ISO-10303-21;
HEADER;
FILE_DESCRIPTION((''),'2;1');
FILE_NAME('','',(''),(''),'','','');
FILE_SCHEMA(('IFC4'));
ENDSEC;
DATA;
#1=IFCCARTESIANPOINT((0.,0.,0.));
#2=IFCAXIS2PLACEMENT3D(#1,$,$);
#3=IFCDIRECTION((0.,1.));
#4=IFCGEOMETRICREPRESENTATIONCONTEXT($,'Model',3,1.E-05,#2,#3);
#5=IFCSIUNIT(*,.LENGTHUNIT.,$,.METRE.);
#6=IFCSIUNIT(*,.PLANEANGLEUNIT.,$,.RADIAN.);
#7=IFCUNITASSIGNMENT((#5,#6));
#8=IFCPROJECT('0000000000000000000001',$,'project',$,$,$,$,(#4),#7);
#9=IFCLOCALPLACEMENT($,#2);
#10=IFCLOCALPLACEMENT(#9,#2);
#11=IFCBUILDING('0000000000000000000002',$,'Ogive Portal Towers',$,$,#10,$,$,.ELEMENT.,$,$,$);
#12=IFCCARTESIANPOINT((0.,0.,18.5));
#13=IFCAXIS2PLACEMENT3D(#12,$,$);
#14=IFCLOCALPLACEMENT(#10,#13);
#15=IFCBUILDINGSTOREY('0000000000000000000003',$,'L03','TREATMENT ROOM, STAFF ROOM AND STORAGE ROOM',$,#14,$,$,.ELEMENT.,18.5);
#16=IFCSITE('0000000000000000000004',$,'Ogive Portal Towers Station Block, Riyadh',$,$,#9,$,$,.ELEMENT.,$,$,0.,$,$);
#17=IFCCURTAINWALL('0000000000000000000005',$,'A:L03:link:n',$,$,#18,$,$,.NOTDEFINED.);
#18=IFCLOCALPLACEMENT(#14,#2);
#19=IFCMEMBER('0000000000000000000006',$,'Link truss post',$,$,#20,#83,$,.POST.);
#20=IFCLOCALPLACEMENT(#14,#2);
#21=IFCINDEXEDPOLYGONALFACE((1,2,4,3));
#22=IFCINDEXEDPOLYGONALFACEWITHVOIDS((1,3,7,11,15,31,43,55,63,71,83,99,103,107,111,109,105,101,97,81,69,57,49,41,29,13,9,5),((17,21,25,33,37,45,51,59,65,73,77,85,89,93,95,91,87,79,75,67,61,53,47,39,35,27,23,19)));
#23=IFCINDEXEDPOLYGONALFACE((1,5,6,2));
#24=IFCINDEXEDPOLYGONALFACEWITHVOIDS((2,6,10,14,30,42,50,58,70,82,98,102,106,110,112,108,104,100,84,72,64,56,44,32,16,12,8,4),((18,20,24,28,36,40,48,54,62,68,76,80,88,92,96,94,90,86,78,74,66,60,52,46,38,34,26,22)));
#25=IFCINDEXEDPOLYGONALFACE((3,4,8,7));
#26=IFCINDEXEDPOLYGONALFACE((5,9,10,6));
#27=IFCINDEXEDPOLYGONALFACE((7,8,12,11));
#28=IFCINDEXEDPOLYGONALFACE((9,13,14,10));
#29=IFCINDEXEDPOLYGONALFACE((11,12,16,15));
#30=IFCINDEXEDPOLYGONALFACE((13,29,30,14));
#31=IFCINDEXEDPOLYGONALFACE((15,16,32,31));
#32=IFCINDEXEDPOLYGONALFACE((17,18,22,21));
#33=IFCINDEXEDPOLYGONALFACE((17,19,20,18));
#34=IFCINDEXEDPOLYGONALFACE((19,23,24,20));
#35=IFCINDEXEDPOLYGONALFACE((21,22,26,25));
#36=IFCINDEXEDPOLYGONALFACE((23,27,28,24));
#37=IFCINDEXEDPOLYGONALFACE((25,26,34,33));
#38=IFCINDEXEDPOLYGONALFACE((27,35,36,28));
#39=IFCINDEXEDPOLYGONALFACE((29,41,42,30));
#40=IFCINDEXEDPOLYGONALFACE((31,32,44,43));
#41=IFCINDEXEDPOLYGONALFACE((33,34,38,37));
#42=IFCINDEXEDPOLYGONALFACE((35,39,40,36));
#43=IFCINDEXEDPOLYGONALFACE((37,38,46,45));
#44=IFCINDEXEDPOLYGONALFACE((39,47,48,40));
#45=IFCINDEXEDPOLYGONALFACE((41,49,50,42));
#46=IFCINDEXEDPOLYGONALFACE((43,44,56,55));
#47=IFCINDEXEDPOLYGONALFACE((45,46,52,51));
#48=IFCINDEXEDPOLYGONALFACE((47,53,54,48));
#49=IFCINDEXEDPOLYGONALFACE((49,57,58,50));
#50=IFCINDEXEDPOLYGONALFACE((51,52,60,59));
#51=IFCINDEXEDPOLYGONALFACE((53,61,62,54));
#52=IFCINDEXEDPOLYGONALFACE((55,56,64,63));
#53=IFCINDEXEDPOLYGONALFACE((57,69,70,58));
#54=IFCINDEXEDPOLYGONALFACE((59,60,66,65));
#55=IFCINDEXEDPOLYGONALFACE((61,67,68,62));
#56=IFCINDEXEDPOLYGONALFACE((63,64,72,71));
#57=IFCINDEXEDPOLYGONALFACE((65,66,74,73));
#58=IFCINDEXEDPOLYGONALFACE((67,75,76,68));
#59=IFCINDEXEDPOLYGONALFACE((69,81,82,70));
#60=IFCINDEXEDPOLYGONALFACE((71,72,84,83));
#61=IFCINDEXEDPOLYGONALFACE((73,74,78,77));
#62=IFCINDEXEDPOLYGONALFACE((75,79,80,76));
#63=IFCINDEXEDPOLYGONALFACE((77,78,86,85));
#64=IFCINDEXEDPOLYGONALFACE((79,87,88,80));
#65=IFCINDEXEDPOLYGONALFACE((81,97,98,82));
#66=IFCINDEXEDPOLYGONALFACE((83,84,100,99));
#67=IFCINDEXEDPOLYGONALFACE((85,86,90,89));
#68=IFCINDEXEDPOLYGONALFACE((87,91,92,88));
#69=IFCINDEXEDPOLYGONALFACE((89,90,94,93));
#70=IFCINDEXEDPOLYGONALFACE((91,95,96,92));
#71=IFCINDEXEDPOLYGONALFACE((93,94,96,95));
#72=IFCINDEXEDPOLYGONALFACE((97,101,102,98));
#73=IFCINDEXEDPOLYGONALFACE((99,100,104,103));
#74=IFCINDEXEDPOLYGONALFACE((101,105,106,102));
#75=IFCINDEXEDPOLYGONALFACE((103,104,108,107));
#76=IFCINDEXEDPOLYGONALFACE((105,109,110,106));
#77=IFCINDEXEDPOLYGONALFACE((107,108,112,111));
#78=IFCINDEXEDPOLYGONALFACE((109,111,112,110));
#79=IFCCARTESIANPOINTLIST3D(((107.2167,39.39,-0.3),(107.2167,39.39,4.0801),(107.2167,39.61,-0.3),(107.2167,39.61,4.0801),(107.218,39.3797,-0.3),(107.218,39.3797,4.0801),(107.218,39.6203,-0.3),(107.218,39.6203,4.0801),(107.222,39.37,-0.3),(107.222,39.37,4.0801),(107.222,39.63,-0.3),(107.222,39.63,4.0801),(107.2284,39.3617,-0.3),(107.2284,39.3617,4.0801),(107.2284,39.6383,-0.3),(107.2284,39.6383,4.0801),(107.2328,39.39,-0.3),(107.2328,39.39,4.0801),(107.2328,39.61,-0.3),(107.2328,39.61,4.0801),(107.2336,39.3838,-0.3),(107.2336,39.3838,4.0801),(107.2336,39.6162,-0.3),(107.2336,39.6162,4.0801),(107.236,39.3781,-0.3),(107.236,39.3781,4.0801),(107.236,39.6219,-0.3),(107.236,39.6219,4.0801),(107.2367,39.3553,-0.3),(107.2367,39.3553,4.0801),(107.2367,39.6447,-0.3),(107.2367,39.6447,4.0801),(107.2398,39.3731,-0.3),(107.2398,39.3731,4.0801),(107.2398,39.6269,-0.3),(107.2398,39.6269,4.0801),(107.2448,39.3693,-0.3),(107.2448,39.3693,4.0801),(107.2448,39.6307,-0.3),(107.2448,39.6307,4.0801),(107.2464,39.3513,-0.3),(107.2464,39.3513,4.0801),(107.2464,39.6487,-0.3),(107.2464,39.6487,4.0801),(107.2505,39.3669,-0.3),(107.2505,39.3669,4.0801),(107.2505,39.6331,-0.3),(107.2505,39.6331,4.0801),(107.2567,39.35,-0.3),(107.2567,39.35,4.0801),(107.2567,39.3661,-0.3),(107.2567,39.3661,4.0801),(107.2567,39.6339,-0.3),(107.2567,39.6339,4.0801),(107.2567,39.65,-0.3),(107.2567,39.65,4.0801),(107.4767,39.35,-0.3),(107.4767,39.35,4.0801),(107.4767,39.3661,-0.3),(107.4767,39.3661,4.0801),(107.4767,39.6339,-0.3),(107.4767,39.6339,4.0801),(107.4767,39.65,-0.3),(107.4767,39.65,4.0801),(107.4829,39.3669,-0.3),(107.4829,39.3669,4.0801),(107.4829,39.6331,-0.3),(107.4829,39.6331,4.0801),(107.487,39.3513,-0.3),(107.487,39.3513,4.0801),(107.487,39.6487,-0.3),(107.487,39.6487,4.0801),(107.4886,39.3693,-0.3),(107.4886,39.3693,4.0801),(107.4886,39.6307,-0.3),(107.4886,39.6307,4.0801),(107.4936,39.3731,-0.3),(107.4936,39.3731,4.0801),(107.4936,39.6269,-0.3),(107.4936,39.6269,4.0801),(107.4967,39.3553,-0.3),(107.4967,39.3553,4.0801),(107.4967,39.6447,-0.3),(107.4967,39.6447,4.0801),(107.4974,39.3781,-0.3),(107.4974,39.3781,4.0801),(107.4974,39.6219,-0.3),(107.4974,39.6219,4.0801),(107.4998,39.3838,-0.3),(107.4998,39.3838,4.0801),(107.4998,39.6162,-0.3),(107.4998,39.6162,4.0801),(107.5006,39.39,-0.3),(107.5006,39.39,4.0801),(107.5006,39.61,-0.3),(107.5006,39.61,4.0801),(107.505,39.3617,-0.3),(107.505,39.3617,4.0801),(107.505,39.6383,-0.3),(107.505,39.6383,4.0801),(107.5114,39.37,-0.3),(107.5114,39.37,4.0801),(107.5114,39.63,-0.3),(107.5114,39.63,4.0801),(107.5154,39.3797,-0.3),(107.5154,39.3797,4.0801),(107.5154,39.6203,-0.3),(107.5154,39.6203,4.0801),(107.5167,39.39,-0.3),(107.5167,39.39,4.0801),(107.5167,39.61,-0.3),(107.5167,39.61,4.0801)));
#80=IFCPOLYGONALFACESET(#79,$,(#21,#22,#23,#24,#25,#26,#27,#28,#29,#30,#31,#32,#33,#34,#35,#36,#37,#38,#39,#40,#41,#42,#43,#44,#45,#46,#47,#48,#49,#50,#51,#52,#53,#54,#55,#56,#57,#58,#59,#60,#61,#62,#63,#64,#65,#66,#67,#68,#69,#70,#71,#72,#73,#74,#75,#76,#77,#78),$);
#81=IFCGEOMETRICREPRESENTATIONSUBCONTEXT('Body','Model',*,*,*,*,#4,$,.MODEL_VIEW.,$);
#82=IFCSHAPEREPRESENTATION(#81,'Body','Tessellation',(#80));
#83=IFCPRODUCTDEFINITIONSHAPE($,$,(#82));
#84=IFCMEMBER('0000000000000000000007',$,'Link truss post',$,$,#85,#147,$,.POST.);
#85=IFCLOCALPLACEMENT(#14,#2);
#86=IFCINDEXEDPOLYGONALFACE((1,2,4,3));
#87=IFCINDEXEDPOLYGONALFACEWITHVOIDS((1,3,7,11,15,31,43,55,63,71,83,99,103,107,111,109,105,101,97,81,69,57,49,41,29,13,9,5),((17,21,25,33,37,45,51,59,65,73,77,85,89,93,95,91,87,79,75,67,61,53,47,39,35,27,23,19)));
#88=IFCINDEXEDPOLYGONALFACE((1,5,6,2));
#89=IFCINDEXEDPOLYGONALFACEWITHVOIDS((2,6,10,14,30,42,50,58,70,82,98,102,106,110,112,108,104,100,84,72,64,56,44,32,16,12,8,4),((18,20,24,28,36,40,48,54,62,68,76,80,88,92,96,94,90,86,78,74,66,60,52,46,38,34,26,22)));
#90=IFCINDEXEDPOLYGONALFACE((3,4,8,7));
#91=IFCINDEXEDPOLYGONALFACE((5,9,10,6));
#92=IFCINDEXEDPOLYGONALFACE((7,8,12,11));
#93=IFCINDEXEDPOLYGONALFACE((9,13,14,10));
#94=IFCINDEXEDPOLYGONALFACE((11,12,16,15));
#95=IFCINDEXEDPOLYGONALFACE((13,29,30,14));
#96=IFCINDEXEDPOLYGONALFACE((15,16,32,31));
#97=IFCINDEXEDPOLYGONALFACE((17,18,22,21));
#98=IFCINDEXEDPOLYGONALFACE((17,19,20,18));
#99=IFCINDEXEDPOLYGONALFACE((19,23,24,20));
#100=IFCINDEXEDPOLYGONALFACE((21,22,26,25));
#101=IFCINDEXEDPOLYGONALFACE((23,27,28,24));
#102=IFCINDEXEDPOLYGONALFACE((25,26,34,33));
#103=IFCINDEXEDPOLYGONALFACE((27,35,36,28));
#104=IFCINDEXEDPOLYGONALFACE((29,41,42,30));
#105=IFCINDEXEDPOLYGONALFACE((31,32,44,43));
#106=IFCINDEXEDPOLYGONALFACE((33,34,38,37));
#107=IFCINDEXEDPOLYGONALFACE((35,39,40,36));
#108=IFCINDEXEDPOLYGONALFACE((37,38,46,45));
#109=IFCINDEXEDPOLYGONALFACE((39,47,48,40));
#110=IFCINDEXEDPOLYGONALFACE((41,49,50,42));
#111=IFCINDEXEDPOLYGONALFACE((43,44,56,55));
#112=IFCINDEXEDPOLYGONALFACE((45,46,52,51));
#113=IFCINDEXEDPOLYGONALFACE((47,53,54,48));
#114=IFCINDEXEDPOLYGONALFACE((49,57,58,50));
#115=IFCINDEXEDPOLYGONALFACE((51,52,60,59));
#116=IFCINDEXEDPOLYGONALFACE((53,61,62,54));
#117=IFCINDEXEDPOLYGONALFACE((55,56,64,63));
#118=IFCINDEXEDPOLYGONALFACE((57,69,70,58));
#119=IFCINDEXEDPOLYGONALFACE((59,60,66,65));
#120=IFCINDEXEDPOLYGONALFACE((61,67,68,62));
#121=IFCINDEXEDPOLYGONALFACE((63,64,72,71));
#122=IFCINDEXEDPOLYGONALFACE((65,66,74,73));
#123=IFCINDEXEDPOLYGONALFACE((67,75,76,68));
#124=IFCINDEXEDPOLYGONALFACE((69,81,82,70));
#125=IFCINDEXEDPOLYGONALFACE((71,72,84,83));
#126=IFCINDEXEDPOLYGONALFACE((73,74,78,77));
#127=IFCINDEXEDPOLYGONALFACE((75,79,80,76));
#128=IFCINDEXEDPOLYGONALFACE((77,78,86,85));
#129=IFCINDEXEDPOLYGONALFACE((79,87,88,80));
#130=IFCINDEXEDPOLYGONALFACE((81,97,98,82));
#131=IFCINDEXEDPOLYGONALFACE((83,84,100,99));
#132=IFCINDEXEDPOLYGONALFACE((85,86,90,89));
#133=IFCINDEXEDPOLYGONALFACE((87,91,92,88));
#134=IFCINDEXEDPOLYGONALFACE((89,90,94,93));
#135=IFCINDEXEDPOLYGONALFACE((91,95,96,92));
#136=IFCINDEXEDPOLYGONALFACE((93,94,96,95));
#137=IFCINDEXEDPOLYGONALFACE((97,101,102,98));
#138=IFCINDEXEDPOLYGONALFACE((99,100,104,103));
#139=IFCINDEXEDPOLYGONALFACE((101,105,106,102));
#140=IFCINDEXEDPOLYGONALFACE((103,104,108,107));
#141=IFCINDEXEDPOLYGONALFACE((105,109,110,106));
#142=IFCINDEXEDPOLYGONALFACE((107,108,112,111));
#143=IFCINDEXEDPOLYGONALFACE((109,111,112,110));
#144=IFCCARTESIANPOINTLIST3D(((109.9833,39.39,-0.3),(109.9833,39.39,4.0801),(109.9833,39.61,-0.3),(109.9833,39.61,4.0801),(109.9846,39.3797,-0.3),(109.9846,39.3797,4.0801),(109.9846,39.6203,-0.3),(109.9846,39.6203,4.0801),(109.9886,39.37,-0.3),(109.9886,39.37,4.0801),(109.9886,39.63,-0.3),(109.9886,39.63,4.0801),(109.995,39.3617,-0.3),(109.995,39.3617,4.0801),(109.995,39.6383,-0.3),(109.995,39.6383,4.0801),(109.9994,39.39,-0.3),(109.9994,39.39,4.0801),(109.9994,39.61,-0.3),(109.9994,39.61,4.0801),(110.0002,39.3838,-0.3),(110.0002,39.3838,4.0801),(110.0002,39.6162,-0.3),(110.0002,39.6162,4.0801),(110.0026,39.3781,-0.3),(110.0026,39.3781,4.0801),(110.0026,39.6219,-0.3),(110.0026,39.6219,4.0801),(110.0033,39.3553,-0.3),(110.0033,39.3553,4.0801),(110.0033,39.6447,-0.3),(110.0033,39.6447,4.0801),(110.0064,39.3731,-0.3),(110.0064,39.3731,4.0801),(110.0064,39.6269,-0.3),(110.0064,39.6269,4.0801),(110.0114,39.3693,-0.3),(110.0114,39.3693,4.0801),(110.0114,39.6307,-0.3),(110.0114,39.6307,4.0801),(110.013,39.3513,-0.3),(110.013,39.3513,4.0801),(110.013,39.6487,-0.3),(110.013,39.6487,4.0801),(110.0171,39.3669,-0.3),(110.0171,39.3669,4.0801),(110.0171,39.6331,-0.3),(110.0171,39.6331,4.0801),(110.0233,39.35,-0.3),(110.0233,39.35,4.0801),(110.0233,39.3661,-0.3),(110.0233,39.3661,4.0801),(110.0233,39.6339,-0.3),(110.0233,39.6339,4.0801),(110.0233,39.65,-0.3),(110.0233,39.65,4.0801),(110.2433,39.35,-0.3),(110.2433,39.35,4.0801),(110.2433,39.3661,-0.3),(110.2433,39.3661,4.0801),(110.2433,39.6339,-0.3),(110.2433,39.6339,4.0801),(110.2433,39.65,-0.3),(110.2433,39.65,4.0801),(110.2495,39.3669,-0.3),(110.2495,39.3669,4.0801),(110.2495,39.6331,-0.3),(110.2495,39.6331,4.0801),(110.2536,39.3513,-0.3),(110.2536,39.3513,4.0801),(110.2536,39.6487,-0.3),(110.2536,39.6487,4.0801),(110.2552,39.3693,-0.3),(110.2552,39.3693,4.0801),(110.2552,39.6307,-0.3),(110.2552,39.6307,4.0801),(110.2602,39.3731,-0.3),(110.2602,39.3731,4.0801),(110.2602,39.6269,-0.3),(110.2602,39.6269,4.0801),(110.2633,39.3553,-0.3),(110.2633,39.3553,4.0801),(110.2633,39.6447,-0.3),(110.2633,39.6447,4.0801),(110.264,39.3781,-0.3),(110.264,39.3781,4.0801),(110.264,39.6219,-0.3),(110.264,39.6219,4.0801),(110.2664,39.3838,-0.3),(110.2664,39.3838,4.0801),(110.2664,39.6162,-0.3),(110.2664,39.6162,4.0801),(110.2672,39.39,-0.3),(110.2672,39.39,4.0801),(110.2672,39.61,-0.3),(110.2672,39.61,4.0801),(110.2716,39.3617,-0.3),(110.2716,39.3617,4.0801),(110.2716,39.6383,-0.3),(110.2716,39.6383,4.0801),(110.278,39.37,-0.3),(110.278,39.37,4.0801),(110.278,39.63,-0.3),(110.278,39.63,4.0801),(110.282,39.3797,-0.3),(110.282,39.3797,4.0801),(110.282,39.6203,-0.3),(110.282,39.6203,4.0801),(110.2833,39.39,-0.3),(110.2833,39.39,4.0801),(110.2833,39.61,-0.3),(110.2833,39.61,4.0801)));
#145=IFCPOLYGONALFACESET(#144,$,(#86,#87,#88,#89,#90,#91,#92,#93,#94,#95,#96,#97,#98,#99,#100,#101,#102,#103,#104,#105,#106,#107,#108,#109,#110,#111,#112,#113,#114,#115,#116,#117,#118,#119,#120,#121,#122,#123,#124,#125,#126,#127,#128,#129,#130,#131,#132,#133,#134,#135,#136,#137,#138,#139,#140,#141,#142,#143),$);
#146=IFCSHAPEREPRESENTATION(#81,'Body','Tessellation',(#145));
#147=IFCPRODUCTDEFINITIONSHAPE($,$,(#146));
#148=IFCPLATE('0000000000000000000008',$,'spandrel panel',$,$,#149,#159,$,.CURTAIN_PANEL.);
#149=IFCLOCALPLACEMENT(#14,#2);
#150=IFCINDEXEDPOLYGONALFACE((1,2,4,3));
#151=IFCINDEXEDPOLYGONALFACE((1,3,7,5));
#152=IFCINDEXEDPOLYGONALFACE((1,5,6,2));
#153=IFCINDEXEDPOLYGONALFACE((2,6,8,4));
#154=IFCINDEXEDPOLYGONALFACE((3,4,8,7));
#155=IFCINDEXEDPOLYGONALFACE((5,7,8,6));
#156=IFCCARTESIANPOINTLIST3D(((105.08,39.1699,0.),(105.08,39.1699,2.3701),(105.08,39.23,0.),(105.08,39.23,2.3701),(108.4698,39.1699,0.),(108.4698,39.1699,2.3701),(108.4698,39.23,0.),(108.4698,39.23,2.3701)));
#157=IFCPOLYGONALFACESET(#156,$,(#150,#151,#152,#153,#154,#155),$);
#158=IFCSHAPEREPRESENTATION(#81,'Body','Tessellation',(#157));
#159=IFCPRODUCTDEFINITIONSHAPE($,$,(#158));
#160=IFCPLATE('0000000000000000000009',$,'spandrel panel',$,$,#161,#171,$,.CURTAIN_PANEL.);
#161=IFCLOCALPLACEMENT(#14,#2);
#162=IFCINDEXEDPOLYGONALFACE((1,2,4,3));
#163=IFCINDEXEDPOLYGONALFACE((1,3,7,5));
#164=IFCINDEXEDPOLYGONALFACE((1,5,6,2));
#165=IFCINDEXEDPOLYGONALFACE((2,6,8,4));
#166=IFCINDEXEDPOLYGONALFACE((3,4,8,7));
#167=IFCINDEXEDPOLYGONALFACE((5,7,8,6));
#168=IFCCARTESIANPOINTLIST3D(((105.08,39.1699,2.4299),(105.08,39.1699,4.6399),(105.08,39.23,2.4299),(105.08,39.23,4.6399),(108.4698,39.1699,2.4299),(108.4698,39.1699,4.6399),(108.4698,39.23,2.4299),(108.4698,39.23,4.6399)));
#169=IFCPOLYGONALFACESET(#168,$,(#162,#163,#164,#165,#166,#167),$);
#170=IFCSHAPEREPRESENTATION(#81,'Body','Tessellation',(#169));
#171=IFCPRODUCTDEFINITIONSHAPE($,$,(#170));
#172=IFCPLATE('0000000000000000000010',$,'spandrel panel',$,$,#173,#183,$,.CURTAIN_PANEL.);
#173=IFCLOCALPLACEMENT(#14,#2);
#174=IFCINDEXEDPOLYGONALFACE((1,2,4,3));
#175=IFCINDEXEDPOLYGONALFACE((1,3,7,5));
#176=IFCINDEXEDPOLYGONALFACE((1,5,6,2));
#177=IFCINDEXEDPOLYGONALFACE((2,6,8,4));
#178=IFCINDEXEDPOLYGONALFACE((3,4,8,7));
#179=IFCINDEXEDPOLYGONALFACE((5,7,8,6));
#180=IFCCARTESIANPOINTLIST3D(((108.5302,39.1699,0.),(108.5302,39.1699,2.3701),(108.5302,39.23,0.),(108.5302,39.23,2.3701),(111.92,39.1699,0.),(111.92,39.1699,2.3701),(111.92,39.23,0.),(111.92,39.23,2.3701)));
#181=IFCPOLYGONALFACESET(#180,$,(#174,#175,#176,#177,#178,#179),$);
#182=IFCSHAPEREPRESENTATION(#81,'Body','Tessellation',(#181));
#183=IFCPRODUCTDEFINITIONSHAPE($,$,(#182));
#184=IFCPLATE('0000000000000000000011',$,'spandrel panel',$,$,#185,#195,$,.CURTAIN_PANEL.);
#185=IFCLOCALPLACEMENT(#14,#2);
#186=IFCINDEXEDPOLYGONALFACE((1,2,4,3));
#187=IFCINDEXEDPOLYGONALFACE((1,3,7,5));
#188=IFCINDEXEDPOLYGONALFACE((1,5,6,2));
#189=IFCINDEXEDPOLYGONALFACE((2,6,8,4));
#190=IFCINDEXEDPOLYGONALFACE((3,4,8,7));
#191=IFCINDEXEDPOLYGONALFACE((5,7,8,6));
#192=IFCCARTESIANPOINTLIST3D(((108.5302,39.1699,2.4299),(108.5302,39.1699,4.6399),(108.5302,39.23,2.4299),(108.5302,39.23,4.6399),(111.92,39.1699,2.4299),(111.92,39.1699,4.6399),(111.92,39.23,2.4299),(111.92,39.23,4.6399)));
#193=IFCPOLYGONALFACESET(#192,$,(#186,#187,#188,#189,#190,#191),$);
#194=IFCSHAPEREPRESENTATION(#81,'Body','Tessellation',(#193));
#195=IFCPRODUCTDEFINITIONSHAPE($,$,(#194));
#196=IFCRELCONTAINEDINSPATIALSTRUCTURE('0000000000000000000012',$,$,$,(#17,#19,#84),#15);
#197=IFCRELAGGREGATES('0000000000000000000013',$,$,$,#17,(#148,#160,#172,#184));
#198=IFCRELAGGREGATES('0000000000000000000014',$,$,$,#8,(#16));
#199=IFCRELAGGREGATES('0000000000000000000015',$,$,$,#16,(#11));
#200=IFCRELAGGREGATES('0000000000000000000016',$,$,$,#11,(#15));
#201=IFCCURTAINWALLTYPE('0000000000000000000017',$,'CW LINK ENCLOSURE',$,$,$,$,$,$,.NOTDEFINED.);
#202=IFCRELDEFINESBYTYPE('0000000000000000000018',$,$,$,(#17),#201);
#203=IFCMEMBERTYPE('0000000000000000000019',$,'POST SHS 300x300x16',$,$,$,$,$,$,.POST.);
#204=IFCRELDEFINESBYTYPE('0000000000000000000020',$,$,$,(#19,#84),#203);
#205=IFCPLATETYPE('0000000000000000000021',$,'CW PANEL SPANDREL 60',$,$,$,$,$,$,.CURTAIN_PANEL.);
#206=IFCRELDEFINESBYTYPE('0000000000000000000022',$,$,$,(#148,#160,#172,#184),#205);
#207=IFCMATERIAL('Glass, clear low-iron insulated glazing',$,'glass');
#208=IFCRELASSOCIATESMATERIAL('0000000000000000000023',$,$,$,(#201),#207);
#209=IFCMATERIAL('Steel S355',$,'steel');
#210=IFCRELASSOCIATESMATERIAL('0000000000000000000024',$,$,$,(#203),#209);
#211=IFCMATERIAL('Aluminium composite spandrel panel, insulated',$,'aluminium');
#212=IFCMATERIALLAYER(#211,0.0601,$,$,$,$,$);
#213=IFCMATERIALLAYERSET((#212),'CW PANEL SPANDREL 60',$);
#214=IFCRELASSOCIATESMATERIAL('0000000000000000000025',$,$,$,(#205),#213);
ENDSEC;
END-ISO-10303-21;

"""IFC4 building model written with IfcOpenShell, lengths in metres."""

from ifc_helpers import new_model, si_unit, direction, frame, origin, origin_2d, place, context, subcontext, project, spatial, rectangle, hollow_rectangle, extrude, material, layer, layer_set, material_profile, profile_set, type_object, element, aggregate, save


model = new_model("IFC4")

# Units and contexts
model_context = context("Model", 3, precision=1e-05, world=origin(), true_north=direction((0.0, 1.0)))
body_context = subcontext(model_context, "Body", "Model", "MODEL_VIEW")
ifc_project = project(units=[si_unit("LENGTHUNIT", "METRE"), si_unit("PLANEANGLEUNIT", "RADIAN")], contexts=[model_context])

# Site, building, storey
site_placement = place(None, origin())
site = spatial("IfcSite", under=ifc_project, at=site_placement, Name="Ogive Portal Towers Station Block, Riyadh", CompositionType="ELEMENT", RefElevation=0.0)
building_placement = place(site_placement, origin())
building = spatial("IfcBuilding", under=site, at=building_placement, Name="Ogive Portal Towers", CompositionType="ELEMENT")
storey_placement = place(building_placement, frame((0.0, 0.0, 18.5)))
storey = spatial("IfcBuildingStorey", under=building, at=storey_placement, Name="L03", Description="TREATMENT ROOM, STAFF ROOM AND STORAGE ROOM", CompositionType="ELEMENT", Elevation=18.5)

# Shared definitions
ifc_material_1 = material(Name="Steel S355", Category="steel")

# Curtain wall
ifc_material_2 = material(Name="Glass, clear low-iron insulated glazing", Category="glass")
curtain_wall_type = type_object("IfcCurtainWallType", Name="CW LINK ENCLOSURE", PredefinedType="NOTDEFINED", material=ifc_material_2)
curtain_wall_placement = place(storey_placement, origin())
curtain_wall = element("IfcCurtainWall", 1, at=curtain_wall_placement, inside=storey, type_object=curtain_wall_type, Name="A:L03:link:n", PredefinedType="NOTDEFINED")

# Members
ifc_material_profile_1 = material_profile(ifc_material_1, hollow_rectangle(XDim=0.3, YDim=0.3, WallThickness=0.0161, InnerFilletRadius=0.0239, OuterFilletRadius=0.04, at=origin_2d()), Name="SHS 300x300x16")
ifc_profile_set_1 = profile_set([ifc_material_profile_1], Name="Steel S355")
member_type_1 = type_object("IfcMemberType", Name="POST SHS 300x300x16", PredefinedType="POST", material=ifc_profile_set_1)
for number, where, z_axis, x_axis, name in (
    (2, (107.3667, 39.5, -0.3), (0.0, 0.0, 1.0), (1.0, 0.0, 0.0), "Link truss post"),
    (3, (110.1333, 39.5, -0.3), (0.0, 0.0, 1.0), (1.0, 0.0, 0.0), "Link truss post"),
):
    element("IfcMember", number, at=place(storey_placement, frame(where, z_axis=z_axis, x_axis=x_axis)), inside=storey, type_object=member_type_1, Name=name, PredefinedType="POST", context=body_context, shape_type="SweptSolid", body=[
        extrude(hollow_rectangle(XDim=0.3, YDim=0.3, WallThickness=0.0161, InnerFilletRadius=0.0239, OuterFilletRadius=0.04, at=origin_2d()), origin(), (0.0, 0.0, 1.0), 4.3801),
    ])

# Plates
ifc_material_3 = material(Name="Aluminium composite spandrel panel, insulated", Category="aluminium")
ifc_layer_1 = layer(ifc_material_3, 0.0601)
ifc_layer_set_1 = layer_set([ifc_layer_1], Name="CW PANEL SPANDREL 60")
plate_type = type_object("IfcPlateType", Name="CW PANEL SPANDREL 60", PredefinedType="CURTAIN_PANEL", material=ifc_layer_set_1)
plate_1_placement = place(storey_placement, frame((106.7749, 39.2, 0.0), z_axis=(0.0, 0.0, 1.0), x_axis=(1.0, 0.0, 0.0)))
plate_1 = element("IfcPlate", 4, at=plate_1_placement, type_object=plate_type, Name="spandrel panel", PredefinedType="CURTAIN_PANEL", context=body_context, shape_type="SweptSolid", body=[
    extrude(rectangle(XDim=3.3899, YDim=0.0601, at=origin_2d()), origin(), (0.0, 0.0, 1.0), 2.3701),
])
plate_2_placement = place(storey_placement, frame((106.7749, 39.2, 2.4299), z_axis=(0.0, 0.0, 1.0), x_axis=(1.0, 0.0, 0.0)))
plate_2 = element("IfcPlate", 5, at=plate_2_placement, type_object=plate_type, Name="spandrel panel", PredefinedType="CURTAIN_PANEL", context=body_context, shape_type="SweptSolid", body=[
    extrude(rectangle(XDim=3.3899, YDim=0.0601, at=origin_2d()), origin(), (0.0, 0.0, 1.0), 2.21),
])
plate_3_placement = place(storey_placement, frame((110.2251, 39.2, 0.0), z_axis=(0.0, 0.0, 1.0), x_axis=(1.0, 0.0, 0.0)))
plate_3 = element("IfcPlate", 6, at=plate_3_placement, type_object=plate_type, Name="spandrel panel", PredefinedType="CURTAIN_PANEL", context=body_context, shape_type="SweptSolid", body=[
    extrude(rectangle(XDim=3.3899, YDim=0.0601, at=origin_2d()), origin(), (0.0, 0.0, 1.0), 2.3701),
])
plate_4_placement = place(storey_placement, frame((110.2251, 39.2, 2.4299), z_axis=(0.0, 0.0, 1.0), x_axis=(1.0, 0.0, 0.0)))
plate_4 = element("IfcPlate", 7, at=plate_4_placement, type_object=plate_type, Name="spandrel panel", PredefinedType="CURTAIN_PANEL", context=body_context, shape_type="SweptSolid", body=[
    extrude(rectangle(XDim=3.3899, YDim=0.0601, at=origin_2d()), origin(), (0.0, 0.0, 1.0), 2.21),
])
aggregate(curtain_wall, [plate_1, plate_2, plate_3, plate_4])

save(model, "model.ifc")
